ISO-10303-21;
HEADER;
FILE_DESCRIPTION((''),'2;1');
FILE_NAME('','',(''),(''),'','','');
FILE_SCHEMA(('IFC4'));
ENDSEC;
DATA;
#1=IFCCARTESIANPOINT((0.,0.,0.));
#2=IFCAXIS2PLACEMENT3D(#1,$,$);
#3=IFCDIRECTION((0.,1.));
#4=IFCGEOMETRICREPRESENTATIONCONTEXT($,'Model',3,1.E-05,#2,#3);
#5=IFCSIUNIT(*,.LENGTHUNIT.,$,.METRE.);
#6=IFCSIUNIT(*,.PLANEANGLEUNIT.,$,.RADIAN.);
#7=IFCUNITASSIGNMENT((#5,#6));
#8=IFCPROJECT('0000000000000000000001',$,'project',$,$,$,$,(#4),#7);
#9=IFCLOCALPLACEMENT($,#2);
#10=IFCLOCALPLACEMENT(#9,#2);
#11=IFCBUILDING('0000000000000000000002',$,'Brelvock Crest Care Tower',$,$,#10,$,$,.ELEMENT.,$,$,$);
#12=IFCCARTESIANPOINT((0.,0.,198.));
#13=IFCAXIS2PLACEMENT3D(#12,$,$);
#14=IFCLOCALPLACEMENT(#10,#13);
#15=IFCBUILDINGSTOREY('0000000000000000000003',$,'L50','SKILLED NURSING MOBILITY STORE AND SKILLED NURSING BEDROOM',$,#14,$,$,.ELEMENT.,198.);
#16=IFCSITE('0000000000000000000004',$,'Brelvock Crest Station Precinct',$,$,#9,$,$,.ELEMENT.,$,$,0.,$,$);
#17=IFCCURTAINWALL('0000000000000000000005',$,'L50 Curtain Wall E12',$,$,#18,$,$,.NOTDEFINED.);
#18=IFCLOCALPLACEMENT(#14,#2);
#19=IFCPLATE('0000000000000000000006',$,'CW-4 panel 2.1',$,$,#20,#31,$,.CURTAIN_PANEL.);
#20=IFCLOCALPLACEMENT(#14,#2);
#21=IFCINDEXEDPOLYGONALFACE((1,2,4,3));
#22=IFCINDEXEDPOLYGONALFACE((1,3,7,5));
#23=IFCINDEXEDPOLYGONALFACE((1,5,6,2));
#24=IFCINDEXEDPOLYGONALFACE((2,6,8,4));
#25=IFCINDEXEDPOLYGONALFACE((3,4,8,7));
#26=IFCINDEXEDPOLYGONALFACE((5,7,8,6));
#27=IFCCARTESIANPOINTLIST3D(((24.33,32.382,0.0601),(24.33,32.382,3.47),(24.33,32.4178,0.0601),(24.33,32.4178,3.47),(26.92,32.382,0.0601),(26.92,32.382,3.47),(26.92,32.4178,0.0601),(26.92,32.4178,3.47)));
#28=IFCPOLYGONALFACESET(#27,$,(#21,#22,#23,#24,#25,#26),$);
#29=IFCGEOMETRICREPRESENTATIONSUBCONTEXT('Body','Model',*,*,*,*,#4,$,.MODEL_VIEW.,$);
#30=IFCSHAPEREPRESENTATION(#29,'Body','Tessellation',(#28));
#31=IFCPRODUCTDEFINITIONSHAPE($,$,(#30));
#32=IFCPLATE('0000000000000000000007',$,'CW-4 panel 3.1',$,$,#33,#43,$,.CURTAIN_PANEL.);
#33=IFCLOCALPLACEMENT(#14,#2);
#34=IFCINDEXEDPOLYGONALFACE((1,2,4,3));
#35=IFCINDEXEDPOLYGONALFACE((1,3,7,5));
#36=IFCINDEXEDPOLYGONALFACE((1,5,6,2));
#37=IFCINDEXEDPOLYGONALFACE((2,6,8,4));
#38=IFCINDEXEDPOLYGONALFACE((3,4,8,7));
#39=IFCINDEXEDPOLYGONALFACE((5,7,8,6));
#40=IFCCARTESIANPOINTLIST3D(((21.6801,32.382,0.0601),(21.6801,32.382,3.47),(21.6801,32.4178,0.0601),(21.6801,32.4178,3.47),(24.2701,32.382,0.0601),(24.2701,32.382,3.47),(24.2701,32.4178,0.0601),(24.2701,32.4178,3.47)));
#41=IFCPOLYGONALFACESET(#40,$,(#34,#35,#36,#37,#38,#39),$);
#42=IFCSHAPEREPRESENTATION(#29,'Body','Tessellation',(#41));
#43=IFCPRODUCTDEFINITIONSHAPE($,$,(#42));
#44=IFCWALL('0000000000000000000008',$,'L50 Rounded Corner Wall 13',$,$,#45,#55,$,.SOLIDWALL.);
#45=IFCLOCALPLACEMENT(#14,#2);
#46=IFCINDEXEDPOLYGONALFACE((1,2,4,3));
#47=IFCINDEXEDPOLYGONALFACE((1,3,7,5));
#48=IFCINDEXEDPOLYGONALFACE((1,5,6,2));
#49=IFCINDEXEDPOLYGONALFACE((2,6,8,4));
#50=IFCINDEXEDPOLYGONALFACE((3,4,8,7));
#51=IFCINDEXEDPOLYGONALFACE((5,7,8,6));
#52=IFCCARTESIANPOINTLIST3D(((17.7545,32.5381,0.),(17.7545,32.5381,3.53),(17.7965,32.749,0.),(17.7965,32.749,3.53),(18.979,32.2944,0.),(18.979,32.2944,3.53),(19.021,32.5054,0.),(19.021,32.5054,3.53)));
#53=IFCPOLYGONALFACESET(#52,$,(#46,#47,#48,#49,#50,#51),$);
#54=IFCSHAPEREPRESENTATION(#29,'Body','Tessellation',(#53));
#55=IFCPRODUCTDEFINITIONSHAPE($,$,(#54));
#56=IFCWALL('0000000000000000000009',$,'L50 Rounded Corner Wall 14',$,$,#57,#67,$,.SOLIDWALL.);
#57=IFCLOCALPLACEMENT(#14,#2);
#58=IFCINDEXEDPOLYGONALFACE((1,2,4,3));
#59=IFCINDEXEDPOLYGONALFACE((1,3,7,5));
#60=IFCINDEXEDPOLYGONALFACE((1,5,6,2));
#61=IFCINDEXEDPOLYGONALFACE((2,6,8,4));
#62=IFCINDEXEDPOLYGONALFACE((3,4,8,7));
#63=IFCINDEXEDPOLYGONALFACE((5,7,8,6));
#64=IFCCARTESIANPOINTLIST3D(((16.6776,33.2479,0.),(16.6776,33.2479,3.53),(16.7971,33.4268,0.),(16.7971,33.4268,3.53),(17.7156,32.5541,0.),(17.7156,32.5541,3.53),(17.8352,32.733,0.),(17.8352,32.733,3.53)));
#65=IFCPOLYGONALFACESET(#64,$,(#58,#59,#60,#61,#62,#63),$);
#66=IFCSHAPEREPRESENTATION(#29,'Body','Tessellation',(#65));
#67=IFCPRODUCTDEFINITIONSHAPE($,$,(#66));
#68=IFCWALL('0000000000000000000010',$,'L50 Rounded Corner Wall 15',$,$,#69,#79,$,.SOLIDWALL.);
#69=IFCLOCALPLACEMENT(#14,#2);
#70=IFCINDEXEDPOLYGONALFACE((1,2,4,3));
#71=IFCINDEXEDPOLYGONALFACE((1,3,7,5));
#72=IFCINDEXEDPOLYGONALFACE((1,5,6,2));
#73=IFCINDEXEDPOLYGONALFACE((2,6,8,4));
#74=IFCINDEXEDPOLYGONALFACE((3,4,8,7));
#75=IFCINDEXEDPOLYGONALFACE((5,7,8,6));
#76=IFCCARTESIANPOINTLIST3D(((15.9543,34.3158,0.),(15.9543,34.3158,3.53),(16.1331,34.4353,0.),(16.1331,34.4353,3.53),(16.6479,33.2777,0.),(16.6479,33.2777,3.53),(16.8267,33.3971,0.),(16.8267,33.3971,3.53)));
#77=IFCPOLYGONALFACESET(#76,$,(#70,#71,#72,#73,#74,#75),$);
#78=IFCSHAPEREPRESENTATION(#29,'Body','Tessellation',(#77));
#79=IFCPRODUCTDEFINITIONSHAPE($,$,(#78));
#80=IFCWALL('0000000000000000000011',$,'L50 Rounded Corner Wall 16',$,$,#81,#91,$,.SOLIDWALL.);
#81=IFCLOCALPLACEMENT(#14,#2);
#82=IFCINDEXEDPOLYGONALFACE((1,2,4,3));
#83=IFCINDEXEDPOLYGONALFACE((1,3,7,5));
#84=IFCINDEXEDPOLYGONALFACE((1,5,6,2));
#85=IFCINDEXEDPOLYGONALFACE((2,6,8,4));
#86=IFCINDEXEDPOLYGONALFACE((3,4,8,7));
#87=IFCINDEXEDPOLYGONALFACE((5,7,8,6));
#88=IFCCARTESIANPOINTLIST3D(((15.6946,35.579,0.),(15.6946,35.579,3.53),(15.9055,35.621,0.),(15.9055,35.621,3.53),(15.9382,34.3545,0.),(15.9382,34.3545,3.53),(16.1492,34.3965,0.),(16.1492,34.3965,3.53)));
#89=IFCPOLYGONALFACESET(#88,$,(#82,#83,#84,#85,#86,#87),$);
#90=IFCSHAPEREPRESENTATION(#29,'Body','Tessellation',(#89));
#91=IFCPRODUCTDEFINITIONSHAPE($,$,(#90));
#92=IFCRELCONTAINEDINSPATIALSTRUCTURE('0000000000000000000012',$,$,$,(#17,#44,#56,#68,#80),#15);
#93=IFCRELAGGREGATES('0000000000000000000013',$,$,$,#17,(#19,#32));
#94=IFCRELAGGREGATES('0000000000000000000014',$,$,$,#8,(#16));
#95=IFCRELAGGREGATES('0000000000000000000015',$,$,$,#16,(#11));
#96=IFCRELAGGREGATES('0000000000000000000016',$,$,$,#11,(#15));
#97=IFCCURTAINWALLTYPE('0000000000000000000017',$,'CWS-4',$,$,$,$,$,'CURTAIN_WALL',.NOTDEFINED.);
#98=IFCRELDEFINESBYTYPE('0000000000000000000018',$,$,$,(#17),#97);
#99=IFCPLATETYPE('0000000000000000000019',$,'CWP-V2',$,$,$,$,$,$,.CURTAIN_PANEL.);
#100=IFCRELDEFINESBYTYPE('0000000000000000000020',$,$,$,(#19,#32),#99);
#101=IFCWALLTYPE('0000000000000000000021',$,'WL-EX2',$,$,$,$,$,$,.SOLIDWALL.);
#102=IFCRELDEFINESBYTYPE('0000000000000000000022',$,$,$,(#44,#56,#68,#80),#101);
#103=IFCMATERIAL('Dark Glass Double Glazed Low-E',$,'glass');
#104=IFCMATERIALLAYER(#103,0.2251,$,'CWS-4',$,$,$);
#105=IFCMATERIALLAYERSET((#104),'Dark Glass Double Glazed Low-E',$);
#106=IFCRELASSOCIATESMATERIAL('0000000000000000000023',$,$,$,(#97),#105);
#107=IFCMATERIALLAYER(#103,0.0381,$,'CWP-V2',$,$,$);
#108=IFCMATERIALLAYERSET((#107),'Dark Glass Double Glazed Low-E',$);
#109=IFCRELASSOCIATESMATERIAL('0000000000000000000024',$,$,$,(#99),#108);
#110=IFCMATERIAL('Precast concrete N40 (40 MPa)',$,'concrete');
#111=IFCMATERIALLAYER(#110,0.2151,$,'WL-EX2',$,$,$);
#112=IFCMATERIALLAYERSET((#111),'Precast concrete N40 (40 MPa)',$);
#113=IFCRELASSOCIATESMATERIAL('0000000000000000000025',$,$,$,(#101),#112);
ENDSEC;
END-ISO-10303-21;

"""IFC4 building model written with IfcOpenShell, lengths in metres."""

from ifc_helpers import new_model, si_unit, direction, frame, frame_2d, origin, origin_2d, place, context, subcontext, project, spatial, rectangle, extrude, source, transform, mapped, material, layer, layer_set, type_object, element, aggregate, save


model = new_model("IFC4")

# Units and contexts
model_context = context("Model", 3, precision=1e-05, world=origin(), true_north=direction((0.0, 1.0)))
body_context = subcontext(model_context, "Body", "Model", "MODEL_VIEW")
ifc_project = project(units=[si_unit("LENGTHUNIT", "METRE"), si_unit("PLANEANGLEUNIT", "RADIAN")], contexts=[model_context])

# Site, building, storey
site_placement = place(None, origin())
site = spatial("IfcSite", under=ifc_project, at=site_placement, Name="Brelvock Crest Station Precinct", CompositionType="ELEMENT", RefElevation=0.0)
building_placement = place(site_placement, origin())
building = spatial("IfcBuilding", under=site, at=building_placement, Name="Brelvock Crest Care Tower", CompositionType="ELEMENT")
storey_placement = place(building_placement, frame((0.0, 0.0, 198.0)))
storey = spatial("IfcBuildingStorey", under=building, at=storey_placement, Name="L50", Description="SKILLED NURSING MOBILITY STORE AND SKILLED NURSING BEDROOM", CompositionType="ELEMENT", Elevation=198.0)

# Curtain wall
ifc_material_1 = material(Name="Dark Glass Double Glazed Low-E", Category="glass")
ifc_layer_1 = layer(ifc_material_1, 0.2251, Name="CWS-4")
ifc_layer_set_1 = layer_set([ifc_layer_1], Name="Dark Glass Double Glazed Low-E")
curtain_wall_type = type_object("IfcCurtainWallType", Name="CWS-4", ElementType="CURTAIN_WALL", PredefinedType="NOTDEFINED", material=ifc_layer_set_1)
curtain_wall_1_placement = place(storey_placement, origin())
curtain_wall_1 = element("IfcCurtainWall", 1, at=curtain_wall_1_placement, inside=storey, type_object=curtain_wall_type, Name="L50 Curtain Wall E12", PredefinedType="NOTDEFINED")

# Plates
ifc_layer_2 = layer(ifc_material_1, 0.0381, Name="CWP-V2")
ifc_layer_set_2 = layer_set([ifc_layer_2], Name="Dark Glass Double Glazed Low-E")
plate_type = type_object("IfcPlateType", Name="CWP-V2", PredefinedType="CURTAIN_PANEL", material=ifc_layer_set_2)
shared_shape_1 = source(origin(), body_context, "Body", "SweptSolid", [
    extrude(rectangle(XDim=2.5901, YDim=0.0359, at=origin_2d()), origin(), (0.0, 0.0, 1.0), 3.4099),
])
plate_1_placement = place(storey_placement, frame((25.625, 32.3999, 0.0601), z_axis=(0.0, 0.0, 1.0), x_axis=(-1.0, 0.0, 0.0)))
plate_1 = element("IfcPlate", 2, at=plate_1_placement, type_object=plate_type, Name="CW-4 panel 2.1", PredefinedType="CURTAIN_PANEL", context=body_context, shape_type="MappedRepresentation", body=[
    mapped(shared_shape_1, transform((0.0, 0.0, 0.0), x_axis=(1.0, 0.0, 0.0), y_axis=(0.0, 1.0, 0.0), z_axis=(0.0, 0.0, 1.0), scale=1.0)),
])
plate_2_placement = place(storey_placement, frame((22.9751, 32.3999, 0.0601), z_axis=(0.0, 0.0, 1.0), x_axis=(-1.0, 0.0, 0.0)))
plate_2 = element("IfcPlate", 3, at=plate_2_placement, type_object=plate_type, Name="CW-4 panel 3.1", PredefinedType="CURTAIN_PANEL", context=body_context, shape_type="MappedRepresentation", body=[
    mapped(shared_shape_1, transform((0.0, 0.0, 0.0), x_axis=(1.0, 0.0, 0.0), y_axis=(0.0, 1.0, 0.0), z_axis=(0.0, 0.0, 1.0), scale=1.0)),
])
aggregate(curtain_wall_1, [plate_1, plate_2])

# Walls
ifc_material_2 = material(Name="Precast concrete N40 (40 MPa)", Category="concrete")
ifc_layer_3 = layer(ifc_material_2, 0.2151, Name="WL-EX2")
ifc_layer_set_3 = layer_set([ifc_layer_3], Name="Precast concrete N40 (40 MPa)")
wall_type = type_object("IfcWallType", Name="WL-EX2", PredefinedType="SOLIDWALL", material=ifc_layer_set_3)
for number, where, z_axis, x_axis, name in (
    (4, (19.0, 32.3999, 0.0), (0.0, 0.0, 1.0), (-0.980776, 0.195138, 0.0), "L50 Rounded Corner Wall 13"),
    (5, (17.7754, 32.6436, 0.0), (0.0, 0.0, 1.0), (-0.831388, 0.555692, 0.0), "L50 Rounded Corner Wall 14"),
    (6, (16.7373, 33.3374, 0.0), (0.0, 0.0, 1.0), (-0.555557, 0.831478, 0.0), "L50 Rounded Corner Wall 15"),
    (7, (16.0437, 34.3755, 0.0), (0.0, 0.0, 1.0), (-0.195138, 0.980776, 0.0), "L50 Rounded Corner Wall 16"),
):
    element("IfcWall", number, at=place(storey_placement, frame(where, z_axis=z_axis, x_axis=x_axis)), inside=storey, type_object=wall_type, Name=name, PredefinedType="SOLIDWALL", context=body_context, shape_type="SweptSolid", body=[
        extrude(rectangle(XDim=1.2485, YDim=0.2151, at=frame_2d((0.6243, 0.0))), origin(), (0.0, 0.0, 1.0), 3.53),
    ])

save(model, "model.ifc")
